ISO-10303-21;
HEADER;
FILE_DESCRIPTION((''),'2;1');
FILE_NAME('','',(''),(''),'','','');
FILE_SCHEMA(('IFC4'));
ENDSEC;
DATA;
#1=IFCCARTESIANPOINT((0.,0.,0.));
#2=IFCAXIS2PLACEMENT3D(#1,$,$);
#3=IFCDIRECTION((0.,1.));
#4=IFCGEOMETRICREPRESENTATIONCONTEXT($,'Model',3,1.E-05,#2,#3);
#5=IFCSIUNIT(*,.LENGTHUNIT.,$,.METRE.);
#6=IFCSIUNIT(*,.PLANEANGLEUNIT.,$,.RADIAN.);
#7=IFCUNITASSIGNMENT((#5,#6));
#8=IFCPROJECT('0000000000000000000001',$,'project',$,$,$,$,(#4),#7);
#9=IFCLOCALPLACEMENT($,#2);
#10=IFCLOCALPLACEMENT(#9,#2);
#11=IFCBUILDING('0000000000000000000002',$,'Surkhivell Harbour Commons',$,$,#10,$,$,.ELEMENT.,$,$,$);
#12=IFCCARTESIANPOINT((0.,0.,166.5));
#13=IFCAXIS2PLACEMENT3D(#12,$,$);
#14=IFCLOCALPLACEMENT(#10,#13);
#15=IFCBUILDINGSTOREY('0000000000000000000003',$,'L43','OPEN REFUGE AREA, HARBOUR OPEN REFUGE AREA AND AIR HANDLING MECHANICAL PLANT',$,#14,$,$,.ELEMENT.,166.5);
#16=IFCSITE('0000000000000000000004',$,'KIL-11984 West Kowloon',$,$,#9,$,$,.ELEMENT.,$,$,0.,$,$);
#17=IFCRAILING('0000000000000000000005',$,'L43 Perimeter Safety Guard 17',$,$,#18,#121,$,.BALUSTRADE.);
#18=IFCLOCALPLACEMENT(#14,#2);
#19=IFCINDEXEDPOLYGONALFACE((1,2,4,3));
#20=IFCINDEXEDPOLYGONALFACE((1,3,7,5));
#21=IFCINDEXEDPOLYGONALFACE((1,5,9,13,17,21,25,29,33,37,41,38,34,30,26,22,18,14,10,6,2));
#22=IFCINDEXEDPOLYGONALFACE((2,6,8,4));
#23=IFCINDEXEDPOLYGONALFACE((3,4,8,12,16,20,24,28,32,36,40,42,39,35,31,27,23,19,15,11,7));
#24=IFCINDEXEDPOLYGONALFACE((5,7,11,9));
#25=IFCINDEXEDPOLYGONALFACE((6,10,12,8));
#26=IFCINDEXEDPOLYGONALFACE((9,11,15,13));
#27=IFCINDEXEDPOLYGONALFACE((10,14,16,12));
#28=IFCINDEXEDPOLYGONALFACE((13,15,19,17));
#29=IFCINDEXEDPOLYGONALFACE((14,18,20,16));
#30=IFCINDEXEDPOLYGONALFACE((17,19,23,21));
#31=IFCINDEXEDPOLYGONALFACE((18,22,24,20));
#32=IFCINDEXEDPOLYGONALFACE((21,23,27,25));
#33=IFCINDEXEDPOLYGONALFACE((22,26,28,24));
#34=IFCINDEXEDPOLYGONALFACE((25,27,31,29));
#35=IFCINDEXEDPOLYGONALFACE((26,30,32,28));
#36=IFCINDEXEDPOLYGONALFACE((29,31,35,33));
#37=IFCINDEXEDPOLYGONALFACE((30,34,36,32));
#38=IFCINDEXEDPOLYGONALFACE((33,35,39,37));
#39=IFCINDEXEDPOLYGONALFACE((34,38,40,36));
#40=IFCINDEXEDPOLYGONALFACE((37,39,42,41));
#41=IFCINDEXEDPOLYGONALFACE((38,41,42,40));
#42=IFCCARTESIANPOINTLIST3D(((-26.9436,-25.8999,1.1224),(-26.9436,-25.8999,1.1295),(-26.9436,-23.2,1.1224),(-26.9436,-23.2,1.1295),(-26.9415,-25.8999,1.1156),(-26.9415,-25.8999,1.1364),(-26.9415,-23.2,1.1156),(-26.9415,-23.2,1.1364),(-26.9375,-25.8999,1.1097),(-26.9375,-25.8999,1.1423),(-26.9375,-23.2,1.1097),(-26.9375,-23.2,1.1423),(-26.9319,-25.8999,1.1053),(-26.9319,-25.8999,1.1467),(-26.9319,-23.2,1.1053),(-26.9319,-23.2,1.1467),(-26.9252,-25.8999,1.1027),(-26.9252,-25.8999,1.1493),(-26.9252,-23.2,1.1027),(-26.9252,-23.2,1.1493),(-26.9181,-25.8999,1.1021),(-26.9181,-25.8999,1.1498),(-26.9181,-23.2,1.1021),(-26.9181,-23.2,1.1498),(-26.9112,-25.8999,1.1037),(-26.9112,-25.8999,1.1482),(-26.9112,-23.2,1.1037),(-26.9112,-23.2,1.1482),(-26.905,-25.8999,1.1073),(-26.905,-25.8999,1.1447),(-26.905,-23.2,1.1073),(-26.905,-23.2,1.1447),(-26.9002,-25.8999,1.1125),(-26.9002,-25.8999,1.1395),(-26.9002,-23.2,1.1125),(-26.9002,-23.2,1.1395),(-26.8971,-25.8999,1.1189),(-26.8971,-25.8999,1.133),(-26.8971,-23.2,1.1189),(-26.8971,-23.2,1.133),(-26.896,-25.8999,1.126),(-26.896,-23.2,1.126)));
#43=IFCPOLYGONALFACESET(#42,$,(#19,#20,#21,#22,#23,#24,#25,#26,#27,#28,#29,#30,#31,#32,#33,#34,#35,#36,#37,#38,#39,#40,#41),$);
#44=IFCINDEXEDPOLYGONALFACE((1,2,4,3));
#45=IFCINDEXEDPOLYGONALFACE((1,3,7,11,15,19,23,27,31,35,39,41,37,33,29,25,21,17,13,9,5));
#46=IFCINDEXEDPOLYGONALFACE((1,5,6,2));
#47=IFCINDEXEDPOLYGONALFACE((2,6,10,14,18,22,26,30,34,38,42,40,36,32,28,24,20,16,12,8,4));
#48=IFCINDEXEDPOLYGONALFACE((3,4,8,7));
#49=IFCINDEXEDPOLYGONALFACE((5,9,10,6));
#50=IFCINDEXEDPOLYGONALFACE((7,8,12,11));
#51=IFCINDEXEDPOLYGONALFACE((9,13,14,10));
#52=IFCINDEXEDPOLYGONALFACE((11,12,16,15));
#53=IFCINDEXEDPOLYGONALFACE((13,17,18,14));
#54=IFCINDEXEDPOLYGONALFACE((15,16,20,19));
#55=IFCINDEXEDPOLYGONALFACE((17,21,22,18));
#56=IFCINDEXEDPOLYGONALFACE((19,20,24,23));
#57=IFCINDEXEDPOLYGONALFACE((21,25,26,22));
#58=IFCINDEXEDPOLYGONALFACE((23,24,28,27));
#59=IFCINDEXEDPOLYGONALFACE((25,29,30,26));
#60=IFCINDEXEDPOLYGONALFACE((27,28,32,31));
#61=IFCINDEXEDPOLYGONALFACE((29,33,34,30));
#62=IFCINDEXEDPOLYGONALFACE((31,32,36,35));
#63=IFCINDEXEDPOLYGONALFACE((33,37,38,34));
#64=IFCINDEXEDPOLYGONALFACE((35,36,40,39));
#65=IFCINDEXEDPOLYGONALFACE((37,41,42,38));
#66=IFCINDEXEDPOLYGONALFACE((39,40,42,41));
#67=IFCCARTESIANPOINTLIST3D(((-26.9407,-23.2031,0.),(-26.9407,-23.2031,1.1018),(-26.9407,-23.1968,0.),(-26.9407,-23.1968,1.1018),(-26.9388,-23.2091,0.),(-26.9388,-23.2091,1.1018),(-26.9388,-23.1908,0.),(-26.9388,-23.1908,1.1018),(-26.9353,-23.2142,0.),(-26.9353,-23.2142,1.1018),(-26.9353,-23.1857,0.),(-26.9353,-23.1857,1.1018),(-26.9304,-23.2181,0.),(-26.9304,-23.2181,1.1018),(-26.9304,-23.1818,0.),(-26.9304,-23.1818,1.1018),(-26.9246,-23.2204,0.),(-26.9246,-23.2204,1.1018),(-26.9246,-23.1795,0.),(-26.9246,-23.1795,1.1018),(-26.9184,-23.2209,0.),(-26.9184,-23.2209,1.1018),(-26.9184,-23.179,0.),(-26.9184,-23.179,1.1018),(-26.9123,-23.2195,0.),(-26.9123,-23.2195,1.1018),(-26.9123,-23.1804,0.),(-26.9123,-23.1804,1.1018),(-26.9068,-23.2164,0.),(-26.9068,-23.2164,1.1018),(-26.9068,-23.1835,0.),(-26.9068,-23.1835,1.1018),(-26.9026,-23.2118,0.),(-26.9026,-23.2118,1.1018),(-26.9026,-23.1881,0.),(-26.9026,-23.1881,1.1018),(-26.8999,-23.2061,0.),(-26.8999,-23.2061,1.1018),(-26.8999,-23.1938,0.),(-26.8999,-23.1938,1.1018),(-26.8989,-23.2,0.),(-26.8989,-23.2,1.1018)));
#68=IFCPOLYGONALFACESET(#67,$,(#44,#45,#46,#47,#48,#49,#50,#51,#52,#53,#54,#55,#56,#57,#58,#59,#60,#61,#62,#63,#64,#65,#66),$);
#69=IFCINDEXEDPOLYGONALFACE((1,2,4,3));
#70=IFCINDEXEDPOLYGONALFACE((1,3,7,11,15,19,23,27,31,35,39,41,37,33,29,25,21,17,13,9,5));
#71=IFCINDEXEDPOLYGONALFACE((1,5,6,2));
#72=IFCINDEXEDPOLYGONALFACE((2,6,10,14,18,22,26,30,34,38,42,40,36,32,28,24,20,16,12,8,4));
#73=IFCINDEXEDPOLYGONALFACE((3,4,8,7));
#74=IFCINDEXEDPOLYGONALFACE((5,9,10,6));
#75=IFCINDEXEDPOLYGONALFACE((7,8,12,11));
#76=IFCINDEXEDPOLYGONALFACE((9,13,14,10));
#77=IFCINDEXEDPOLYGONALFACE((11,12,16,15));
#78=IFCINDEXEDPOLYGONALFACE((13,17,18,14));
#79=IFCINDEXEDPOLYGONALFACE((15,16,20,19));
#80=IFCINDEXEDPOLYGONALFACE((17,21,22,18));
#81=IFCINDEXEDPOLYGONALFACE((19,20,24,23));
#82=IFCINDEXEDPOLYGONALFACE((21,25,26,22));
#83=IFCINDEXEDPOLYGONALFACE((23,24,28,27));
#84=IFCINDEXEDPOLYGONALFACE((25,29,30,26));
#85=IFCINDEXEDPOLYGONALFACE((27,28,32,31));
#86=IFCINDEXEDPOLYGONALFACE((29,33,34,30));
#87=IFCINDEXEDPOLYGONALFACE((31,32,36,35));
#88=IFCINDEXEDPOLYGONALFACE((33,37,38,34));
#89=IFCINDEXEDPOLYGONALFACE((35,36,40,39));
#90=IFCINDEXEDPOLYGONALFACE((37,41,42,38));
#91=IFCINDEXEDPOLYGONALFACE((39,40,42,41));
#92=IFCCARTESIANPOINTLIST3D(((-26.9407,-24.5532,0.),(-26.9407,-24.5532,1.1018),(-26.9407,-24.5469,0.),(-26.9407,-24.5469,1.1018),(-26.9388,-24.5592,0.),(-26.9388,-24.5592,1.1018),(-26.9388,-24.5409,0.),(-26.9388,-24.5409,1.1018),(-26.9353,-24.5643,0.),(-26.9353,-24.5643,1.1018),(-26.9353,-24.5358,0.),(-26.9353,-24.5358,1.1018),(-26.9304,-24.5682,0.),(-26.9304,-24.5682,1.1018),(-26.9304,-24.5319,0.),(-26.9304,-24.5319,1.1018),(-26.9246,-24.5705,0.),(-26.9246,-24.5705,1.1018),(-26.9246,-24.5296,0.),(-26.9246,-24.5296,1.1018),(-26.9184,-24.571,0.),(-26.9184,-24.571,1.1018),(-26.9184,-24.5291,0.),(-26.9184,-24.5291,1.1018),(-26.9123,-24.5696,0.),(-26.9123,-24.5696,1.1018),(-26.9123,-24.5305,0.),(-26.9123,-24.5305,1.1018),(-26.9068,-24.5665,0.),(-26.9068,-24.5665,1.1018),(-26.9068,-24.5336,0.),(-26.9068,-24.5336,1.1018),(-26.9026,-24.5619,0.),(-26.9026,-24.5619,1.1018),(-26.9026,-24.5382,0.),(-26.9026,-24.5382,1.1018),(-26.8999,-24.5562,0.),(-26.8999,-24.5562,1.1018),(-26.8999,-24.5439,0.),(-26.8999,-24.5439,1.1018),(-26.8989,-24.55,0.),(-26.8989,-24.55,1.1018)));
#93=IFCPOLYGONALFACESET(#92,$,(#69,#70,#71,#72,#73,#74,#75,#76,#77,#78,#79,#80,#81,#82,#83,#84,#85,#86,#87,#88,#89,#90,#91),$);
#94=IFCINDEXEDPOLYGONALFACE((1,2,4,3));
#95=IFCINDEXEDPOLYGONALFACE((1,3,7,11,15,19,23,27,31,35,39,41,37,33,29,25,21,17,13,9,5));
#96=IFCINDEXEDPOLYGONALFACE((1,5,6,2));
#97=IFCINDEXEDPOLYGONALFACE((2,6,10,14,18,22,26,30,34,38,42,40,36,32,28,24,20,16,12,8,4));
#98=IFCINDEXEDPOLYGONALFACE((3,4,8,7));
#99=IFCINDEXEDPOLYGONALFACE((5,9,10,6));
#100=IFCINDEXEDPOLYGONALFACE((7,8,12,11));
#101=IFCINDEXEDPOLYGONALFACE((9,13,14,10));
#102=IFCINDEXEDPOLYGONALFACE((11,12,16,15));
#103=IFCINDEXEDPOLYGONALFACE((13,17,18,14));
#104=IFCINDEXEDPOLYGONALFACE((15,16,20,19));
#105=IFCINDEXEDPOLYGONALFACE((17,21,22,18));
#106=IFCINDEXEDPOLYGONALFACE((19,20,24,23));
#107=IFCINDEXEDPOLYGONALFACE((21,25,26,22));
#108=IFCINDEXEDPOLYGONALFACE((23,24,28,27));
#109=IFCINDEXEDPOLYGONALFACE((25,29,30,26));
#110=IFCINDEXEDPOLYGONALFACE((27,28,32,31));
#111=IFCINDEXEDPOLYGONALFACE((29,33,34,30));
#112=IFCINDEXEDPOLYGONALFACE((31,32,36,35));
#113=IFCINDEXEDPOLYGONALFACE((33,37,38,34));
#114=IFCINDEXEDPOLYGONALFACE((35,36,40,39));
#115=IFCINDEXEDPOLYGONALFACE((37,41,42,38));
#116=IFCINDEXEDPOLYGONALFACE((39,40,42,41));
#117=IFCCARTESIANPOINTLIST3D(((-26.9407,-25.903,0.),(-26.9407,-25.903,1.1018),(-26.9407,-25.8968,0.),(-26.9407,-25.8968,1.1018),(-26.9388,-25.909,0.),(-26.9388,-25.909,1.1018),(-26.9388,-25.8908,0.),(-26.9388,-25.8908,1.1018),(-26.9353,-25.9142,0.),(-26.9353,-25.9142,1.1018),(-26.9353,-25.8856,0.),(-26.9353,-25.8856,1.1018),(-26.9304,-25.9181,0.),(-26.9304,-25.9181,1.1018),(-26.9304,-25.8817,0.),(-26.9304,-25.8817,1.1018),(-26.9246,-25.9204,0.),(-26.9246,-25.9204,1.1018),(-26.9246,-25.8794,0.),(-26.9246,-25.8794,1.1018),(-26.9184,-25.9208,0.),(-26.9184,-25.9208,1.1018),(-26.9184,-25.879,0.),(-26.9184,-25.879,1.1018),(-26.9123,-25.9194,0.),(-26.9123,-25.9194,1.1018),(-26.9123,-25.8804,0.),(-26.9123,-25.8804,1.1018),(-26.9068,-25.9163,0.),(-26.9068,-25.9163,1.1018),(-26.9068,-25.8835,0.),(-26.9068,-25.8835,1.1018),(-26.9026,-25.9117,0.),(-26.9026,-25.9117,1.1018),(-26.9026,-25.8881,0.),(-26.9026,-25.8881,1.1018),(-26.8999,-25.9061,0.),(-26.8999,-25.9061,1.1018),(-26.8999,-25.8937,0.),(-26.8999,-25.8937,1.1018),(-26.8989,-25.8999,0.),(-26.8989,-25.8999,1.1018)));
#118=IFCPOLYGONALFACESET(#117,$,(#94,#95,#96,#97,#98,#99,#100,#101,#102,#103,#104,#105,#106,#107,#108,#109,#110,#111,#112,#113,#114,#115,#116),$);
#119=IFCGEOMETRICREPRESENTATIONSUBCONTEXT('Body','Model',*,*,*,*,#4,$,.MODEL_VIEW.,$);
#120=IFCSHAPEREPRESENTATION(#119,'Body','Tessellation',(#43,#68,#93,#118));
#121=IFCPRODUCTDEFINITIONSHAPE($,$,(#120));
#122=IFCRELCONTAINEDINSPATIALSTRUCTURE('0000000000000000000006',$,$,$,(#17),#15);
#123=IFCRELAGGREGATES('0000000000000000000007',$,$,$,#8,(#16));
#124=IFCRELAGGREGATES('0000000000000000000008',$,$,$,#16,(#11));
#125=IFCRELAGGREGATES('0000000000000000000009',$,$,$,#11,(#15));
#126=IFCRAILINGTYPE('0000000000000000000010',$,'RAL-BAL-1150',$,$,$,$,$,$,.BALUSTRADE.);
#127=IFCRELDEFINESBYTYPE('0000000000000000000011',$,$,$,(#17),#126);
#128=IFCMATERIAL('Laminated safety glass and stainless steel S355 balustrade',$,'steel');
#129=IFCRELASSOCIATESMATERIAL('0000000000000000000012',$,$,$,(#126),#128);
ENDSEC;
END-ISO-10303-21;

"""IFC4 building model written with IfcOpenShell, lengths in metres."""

from ifc_helpers import new_model, si_unit, direction, frame, origin, origin_2d, place, context, subcontext, project, spatial, circle, extrude, material, type_object, element, save


model = new_model("IFC4")

# Units and contexts
model_context = context("Model", 3, precision=1e-05, world=origin(), true_north=direction((0.0, 1.0)))
body_context = subcontext(model_context, "Body", "Model", "MODEL_VIEW")
ifc_project = project(units=[si_unit("LENGTHUNIT", "METRE"), si_unit("PLANEANGLEUNIT", "RADIAN")], contexts=[model_context])

# Site, building, storey
site_placement = place(None, origin())
site = spatial("IfcSite", under=ifc_project, at=site_placement, Name="KIL-11984 West Kowloon", CompositionType="ELEMENT", RefElevation=0.0)
building_placement = place(site_placement, origin())
building = spatial("IfcBuilding", under=site, at=building_placement, Name="Surkhivell Harbour Commons", CompositionType="ELEMENT")
storey_placement = place(building_placement, frame((0.0, 0.0, 166.5)))
storey = spatial("IfcBuildingStorey", under=building, at=storey_placement, Name="L43", Description="OPEN REFUGE AREA, HARBOUR OPEN REFUGE AREA AND AIR HANDLING MECHANICAL PLANT", CompositionType="ELEMENT", Elevation=166.5)

# Railing
ifc_material_1 = material(Name="Laminated safety glass and stainless steel S355 balustrade", Category="steel")
railing_type = type_object("IfcRailingType", Name="RAL-BAL-1150", PredefinedType="BALUSTRADE", material=ifc_material_1)
railing_1_placement = place(storey_placement, frame((-26.9199, -23.2, 0.0)))
element("IfcRailing", 1, at=railing_1_placement, inside=storey, type_object=railing_type, Name="L43 Perimeter Safety Guard 17", PredefinedType="BALUSTRADE", context=body_context, shape_type="SweptSolid", body=[
    extrude(circle(Radius=0.0239, at=origin_2d()), frame((0.0, 0.0, 1.126), z_axis=(0.0, -1.0, 0.0), x_axis=(1.0, 0.0, 0.0)), (0.0, 0.0, 1.0), 2.7),
    extrude(circle(Radius=0.021, at=origin_2d()), origin(), (0.0, 0.0, 1.0), 1.1018),
    extrude(circle(Radius=0.021, at=origin_2d()), frame((0.0, -1.3501, 0.0)), (0.0, 0.0, 1.0), 1.1018),
    extrude(circle(Radius=0.021, at=origin_2d()), frame((0.0, -2.7, 0.0)), (0.0, 0.0, 1.0), 1.1018),
])

save(model, "model.ifc")
